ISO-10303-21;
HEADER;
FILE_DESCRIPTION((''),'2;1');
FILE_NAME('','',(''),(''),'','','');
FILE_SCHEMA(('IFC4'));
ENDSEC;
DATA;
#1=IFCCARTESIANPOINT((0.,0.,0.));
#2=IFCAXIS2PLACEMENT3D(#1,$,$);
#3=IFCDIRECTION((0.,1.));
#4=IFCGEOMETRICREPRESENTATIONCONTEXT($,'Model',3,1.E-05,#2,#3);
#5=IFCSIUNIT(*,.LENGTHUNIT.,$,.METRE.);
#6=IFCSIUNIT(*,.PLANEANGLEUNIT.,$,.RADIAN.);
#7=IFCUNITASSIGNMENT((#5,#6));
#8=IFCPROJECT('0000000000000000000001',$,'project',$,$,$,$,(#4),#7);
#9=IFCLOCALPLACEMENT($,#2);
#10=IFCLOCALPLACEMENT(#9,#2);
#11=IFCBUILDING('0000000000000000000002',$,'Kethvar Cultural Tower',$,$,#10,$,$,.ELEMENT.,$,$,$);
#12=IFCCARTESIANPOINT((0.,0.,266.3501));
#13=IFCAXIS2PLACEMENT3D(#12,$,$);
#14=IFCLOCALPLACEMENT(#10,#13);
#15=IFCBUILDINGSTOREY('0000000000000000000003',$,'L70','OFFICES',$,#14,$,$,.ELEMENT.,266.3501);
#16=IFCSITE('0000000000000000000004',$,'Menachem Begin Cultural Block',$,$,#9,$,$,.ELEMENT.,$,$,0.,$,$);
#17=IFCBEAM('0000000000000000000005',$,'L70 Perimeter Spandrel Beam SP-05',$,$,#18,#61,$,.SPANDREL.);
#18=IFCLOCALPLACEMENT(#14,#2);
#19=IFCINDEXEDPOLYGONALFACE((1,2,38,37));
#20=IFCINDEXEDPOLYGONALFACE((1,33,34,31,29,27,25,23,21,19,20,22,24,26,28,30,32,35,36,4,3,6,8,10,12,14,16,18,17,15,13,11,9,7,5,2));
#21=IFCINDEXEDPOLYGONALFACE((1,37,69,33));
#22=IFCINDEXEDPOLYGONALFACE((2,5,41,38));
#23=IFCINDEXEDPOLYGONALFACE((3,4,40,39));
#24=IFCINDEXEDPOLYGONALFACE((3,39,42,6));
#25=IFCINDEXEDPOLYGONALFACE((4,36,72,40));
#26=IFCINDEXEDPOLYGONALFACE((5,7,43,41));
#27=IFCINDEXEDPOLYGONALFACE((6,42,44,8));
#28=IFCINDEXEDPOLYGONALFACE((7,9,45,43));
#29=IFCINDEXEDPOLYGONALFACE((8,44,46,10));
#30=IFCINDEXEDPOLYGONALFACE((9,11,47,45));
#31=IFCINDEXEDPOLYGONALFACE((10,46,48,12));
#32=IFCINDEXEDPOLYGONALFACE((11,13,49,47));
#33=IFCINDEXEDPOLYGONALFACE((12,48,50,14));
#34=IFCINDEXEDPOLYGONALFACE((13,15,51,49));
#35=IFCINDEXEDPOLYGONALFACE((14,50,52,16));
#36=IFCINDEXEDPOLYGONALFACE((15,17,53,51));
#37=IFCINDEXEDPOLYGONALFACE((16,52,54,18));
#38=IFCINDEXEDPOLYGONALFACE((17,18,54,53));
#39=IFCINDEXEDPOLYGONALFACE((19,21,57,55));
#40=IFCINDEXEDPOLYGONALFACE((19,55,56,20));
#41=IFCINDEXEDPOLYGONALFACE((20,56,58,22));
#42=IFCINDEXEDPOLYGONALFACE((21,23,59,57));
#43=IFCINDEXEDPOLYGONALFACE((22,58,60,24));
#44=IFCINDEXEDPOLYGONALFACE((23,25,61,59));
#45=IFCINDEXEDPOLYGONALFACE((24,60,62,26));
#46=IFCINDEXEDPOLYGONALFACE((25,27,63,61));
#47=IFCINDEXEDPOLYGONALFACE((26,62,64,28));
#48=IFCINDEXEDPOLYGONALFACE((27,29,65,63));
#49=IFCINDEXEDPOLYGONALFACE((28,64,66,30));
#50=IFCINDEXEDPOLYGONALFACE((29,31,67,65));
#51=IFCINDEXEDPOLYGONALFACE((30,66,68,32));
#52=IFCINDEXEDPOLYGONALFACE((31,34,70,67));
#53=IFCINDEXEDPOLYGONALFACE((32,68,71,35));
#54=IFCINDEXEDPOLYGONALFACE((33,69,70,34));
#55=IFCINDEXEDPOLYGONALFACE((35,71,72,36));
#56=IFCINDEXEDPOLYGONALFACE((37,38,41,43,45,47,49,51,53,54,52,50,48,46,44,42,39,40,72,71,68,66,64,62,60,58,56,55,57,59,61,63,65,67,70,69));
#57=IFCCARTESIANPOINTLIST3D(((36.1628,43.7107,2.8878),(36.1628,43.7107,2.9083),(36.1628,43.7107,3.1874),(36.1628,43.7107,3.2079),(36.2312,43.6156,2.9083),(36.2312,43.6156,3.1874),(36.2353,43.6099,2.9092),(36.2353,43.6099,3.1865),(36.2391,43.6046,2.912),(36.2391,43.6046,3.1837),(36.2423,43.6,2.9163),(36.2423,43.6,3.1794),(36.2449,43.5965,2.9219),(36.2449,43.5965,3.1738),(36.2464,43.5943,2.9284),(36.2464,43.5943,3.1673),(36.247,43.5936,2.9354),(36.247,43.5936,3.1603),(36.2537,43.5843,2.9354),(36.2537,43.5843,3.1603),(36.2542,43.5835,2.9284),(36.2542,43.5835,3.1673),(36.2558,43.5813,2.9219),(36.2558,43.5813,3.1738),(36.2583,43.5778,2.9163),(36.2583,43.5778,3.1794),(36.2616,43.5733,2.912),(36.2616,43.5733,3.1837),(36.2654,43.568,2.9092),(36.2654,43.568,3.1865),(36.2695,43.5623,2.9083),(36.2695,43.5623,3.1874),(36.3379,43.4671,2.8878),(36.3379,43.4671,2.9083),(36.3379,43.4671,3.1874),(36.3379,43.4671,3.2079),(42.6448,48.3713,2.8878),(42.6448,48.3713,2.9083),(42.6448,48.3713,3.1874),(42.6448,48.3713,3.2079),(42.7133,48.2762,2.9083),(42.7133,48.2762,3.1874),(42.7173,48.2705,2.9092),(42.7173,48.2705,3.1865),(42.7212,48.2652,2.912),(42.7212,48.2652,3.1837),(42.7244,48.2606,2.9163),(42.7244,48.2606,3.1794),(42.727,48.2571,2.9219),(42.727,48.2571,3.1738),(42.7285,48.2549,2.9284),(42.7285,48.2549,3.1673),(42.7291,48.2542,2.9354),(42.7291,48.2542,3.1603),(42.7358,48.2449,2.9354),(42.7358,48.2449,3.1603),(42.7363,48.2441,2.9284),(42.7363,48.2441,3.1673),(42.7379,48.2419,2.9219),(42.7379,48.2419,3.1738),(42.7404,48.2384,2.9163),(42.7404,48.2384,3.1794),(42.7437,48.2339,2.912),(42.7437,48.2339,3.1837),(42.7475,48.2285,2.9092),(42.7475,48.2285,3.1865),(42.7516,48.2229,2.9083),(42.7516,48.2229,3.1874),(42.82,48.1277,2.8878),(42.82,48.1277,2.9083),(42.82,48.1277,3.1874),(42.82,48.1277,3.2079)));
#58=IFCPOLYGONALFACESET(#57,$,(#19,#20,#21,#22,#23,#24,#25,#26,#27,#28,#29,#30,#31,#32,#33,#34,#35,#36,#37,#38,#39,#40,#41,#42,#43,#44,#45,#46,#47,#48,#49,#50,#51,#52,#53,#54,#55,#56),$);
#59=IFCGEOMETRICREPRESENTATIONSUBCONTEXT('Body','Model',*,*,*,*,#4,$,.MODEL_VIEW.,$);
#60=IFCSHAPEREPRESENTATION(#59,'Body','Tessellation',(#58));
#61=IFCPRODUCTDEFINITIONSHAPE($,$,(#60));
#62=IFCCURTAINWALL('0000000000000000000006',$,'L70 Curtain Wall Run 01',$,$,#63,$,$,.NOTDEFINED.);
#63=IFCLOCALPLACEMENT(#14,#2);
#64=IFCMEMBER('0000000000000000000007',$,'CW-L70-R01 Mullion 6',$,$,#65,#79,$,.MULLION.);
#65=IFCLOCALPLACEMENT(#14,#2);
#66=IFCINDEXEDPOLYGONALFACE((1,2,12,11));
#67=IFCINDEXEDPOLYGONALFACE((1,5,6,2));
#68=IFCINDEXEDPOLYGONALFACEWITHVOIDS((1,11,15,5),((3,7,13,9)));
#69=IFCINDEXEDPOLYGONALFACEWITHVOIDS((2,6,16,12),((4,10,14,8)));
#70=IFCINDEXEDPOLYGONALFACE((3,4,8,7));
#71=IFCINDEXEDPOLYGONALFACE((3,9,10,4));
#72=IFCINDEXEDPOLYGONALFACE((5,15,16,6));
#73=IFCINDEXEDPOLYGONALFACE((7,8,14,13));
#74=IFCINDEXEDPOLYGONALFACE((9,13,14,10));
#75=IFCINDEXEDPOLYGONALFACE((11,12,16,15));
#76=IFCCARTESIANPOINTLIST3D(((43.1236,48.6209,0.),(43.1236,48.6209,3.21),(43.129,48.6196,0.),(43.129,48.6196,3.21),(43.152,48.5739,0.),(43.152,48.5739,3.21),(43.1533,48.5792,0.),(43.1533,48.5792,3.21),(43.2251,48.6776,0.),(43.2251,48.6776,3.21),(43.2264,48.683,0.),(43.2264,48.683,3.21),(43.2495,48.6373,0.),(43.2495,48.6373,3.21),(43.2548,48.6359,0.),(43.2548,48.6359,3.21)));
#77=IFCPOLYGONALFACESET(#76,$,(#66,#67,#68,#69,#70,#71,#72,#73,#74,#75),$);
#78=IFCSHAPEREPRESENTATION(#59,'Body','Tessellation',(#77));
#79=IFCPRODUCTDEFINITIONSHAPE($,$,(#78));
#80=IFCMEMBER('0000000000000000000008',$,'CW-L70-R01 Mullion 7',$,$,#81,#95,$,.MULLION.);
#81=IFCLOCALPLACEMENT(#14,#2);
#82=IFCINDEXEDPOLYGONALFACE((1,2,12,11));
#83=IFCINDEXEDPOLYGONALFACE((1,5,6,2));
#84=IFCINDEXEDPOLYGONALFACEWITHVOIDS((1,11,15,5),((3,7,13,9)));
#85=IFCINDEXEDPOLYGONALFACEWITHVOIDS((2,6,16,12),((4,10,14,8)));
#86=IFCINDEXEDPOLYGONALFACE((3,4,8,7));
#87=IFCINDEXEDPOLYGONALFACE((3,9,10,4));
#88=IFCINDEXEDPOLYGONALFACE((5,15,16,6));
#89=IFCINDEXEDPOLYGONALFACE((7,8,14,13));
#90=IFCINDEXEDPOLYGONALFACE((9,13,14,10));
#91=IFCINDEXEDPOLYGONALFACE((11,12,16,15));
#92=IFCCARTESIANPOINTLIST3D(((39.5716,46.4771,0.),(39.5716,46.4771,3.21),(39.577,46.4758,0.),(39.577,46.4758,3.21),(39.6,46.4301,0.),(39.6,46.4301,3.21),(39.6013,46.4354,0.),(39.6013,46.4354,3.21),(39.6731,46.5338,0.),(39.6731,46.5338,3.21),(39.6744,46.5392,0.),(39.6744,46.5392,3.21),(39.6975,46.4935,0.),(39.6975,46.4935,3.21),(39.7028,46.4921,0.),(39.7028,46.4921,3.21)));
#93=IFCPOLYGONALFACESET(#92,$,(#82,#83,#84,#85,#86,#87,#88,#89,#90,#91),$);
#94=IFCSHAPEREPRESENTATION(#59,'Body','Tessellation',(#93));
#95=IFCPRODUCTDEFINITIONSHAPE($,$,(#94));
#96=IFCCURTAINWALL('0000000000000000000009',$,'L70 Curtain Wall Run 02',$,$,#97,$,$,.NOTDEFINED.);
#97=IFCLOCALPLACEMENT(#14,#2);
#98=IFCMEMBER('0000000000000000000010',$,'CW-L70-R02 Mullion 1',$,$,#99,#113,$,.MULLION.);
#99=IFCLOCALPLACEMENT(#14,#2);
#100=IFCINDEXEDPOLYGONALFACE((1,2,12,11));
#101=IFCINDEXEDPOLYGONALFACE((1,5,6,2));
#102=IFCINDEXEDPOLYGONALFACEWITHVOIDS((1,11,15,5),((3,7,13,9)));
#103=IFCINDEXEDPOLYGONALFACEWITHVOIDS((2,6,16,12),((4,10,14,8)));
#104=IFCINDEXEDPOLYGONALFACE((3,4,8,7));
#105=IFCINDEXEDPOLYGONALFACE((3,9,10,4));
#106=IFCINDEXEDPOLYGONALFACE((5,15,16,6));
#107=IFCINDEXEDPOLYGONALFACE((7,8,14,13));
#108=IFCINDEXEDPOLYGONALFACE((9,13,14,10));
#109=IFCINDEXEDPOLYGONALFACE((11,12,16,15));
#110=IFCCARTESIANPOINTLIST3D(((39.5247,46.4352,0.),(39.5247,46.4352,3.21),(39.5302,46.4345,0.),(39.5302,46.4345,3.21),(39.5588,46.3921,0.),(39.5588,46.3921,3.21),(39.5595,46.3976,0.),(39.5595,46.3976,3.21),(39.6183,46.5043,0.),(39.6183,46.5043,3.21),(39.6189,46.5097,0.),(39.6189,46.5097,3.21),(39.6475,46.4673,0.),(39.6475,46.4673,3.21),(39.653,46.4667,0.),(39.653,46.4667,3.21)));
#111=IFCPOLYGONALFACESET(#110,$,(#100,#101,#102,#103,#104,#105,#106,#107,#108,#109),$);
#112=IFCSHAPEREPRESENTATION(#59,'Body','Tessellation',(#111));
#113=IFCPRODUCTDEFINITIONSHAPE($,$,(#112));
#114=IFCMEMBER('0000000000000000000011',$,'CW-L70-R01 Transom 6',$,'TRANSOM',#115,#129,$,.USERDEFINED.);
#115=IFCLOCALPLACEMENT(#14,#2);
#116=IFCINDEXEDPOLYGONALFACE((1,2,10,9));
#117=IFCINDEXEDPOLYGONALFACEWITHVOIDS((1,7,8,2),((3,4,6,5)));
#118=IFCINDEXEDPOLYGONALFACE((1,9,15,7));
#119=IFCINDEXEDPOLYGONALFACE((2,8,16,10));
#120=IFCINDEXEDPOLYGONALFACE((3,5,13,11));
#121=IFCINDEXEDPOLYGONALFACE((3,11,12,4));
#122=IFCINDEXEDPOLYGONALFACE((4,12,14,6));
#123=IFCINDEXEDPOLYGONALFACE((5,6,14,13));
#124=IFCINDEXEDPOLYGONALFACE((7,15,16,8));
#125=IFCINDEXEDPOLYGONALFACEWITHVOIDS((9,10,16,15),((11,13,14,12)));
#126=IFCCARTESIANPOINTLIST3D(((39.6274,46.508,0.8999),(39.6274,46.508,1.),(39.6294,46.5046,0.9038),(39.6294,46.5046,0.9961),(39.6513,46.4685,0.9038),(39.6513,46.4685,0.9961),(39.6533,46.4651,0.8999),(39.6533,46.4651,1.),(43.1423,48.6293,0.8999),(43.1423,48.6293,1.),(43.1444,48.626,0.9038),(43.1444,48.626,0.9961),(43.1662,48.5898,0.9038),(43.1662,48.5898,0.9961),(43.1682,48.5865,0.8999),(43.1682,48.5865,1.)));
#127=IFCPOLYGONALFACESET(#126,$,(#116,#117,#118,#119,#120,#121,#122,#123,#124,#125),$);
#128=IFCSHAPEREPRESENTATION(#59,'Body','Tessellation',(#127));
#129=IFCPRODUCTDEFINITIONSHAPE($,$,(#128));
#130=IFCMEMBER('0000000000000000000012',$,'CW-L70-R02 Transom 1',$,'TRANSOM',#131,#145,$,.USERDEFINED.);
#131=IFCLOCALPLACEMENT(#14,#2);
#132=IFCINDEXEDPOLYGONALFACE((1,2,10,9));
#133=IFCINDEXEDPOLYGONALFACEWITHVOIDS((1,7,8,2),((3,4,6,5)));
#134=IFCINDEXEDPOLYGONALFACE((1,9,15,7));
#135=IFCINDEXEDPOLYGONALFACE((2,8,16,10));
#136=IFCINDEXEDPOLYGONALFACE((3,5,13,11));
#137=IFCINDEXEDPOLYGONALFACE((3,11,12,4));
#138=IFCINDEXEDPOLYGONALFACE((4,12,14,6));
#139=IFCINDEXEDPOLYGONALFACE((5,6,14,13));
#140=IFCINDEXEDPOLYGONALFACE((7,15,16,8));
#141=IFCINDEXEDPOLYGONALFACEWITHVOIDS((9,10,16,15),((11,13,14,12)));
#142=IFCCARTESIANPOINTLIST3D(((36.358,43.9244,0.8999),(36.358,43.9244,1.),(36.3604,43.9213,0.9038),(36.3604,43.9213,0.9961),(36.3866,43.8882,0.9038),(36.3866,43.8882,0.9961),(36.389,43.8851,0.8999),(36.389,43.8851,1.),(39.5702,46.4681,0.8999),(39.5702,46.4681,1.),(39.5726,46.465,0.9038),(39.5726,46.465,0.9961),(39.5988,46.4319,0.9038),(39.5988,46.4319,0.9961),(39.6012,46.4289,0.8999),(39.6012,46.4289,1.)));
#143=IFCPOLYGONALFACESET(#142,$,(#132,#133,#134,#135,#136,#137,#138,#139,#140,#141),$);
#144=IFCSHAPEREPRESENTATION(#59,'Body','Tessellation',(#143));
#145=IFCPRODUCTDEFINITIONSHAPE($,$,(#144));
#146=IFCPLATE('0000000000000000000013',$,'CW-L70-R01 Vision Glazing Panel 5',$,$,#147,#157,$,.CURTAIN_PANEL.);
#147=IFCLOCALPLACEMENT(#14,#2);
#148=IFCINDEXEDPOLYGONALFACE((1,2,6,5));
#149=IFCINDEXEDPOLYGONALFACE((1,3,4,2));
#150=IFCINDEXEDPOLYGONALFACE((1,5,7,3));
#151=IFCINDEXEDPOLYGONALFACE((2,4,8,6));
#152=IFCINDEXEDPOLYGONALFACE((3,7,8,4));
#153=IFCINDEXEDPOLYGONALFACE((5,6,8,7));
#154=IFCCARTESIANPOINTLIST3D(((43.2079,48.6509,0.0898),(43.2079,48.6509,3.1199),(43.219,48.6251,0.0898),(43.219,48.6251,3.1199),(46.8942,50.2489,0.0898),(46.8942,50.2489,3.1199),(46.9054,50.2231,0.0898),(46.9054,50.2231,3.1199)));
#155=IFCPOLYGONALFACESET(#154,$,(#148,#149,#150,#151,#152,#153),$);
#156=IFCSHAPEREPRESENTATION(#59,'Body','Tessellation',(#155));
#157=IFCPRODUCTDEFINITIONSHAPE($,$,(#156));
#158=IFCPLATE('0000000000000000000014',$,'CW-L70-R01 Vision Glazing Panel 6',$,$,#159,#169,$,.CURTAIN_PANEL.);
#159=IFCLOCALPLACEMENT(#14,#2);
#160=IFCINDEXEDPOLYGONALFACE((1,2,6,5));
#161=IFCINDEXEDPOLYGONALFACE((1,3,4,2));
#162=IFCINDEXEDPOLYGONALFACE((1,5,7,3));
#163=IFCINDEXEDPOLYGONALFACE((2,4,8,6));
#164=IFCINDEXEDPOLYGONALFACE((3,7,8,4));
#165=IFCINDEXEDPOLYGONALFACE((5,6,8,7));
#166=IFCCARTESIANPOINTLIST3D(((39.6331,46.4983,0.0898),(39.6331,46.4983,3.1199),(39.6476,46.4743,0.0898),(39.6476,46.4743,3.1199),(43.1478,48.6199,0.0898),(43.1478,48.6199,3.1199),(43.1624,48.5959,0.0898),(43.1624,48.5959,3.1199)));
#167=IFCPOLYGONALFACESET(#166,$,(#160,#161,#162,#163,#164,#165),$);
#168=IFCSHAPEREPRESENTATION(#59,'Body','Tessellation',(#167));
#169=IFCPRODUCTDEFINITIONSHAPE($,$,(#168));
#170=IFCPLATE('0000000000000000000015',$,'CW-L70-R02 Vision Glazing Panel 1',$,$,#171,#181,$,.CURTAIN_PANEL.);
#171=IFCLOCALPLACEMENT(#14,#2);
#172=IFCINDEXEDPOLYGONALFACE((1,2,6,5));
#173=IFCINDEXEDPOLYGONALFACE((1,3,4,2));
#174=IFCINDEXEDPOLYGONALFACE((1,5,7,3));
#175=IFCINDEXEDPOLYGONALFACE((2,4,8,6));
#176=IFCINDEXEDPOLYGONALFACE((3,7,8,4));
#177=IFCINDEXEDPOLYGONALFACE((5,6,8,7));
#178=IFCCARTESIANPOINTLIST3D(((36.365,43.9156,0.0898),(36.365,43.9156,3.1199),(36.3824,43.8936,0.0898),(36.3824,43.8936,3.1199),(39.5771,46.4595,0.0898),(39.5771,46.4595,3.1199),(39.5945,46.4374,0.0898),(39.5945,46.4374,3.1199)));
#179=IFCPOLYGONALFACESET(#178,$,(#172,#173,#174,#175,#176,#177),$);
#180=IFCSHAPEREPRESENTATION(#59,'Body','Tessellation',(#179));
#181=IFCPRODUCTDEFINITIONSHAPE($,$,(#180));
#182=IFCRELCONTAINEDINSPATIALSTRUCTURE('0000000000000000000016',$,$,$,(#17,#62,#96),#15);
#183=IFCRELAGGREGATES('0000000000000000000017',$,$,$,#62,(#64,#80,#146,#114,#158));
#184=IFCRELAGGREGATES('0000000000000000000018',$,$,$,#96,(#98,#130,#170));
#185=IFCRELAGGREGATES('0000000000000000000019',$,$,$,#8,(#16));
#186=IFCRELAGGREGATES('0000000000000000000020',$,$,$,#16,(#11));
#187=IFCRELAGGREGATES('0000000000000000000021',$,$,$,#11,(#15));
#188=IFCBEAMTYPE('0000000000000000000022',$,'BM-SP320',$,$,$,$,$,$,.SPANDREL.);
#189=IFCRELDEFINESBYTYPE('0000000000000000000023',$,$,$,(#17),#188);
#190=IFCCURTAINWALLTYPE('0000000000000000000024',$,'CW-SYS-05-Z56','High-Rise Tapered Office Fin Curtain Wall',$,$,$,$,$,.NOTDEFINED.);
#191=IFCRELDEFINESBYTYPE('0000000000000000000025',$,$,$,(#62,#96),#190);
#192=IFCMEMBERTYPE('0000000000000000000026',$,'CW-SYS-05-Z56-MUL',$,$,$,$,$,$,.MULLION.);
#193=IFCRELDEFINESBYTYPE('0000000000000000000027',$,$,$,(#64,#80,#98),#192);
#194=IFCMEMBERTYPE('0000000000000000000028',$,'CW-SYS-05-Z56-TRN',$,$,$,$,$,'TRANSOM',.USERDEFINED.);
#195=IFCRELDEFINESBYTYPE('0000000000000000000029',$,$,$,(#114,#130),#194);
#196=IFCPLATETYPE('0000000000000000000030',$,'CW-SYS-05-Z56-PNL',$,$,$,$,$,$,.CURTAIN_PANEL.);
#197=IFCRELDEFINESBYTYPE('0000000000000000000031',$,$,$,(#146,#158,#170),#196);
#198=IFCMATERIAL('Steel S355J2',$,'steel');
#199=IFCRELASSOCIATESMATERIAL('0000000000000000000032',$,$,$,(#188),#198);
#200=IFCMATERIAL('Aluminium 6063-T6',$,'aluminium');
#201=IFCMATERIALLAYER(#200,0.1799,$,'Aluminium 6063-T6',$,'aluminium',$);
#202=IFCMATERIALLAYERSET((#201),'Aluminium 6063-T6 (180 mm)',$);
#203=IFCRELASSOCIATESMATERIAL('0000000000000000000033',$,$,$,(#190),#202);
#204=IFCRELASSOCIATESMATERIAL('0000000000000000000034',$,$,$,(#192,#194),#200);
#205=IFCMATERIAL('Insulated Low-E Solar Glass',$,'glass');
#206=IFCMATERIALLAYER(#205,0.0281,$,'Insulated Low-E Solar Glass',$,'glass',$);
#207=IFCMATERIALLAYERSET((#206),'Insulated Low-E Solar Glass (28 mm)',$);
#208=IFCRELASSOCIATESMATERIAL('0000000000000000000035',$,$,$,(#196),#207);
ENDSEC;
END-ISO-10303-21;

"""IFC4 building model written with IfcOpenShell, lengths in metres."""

from ifc_helpers import new_model, si_unit, direction, frame, origin, origin_2d, place, context, subcontext, project, spatial, rectangle, hollow_rectangle, i_section, extrude, source, transform, mapped, material, layer, layer_set, material_profile, profile_set, type_object, element, aggregate, save


model = new_model("IFC4")

# Units and contexts
model_context = context("Model", 3, precision=1e-05, world=origin(), true_north=direction((0.0, 1.0)))
body_context = subcontext(model_context, "Body", "Model", "MODEL_VIEW")
ifc_project = project(units=[si_unit("LENGTHUNIT", "METRE"), si_unit("PLANEANGLEUNIT", "RADIAN")], contexts=[model_context])

# Site, building, storey
site_placement = place(None, origin())
site = spatial("IfcSite", under=ifc_project, at=site_placement, Name="Menachem Begin Cultural Block", CompositionType="ELEMENT", RefElevation=0.0)
building_placement = place(site_placement, origin())
building = spatial("IfcBuilding", under=site, at=building_placement, Name="Kethvar Cultural Tower", CompositionType="ELEMENT")
storey_placement = place(building_placement, frame((0.0, 0.0, 266.3501)))
storey = spatial("IfcBuildingStorey", under=building, at=storey_placement, Name="L70", Description="OFFICES", CompositionType="ELEMENT", Elevation=266.3501)

# Shared definitions
ifc_material_1 = material(Name="Steel S355J2", Category="steel")

# Beam
ifc_material_profile_1 = material_profile(ifc_material_1, i_section(OverallWidth=0.3, OverallDepth=0.3201, WebThickness=0.0115, FlangeThickness=0.0205, FilletRadius=0.0271, at=origin_2d()), Name="Steel S355J2 — HEB320")
ifc_profile_set_1 = profile_set([ifc_material_profile_1], Name="Steel S355J2 — HEB320")
beam_type_1 = type_object("IfcBeamType", Name="BM-SP320", PredefinedType="SPANDREL", material=ifc_profile_set_1)
shared_shape_1 = source(origin(), body_context, "Body", "SweptSolid", [
    extrude(i_section(OverallWidth=0.3, OverallDepth=0.3201, WebThickness=0.0115, FlangeThickness=0.0205, FilletRadius=0.0271, at=origin_2d()), origin(), (0.0, 0.0, 1.0), 7.9836),
])
beam_1_placement = place(storey_placement, frame((42.7324, 48.2495, 3.0479), z_axis=(-0.811922, -0.583766, 0.0), x_axis=(0.583766, -0.811922, 0.0)))
element("IfcBeam", 1, at=beam_1_placement, inside=storey, type_object=beam_type_1, Name="L70 Perimeter Spandrel Beam SP-05", PredefinedType="SPANDREL", context=body_context, shape_type="MappedRepresentation", body=[
    mapped(shared_shape_1, transform((0.0, 0.0, 0.0), scale=1.0)),
])

# Curtain wall, members
ifc_material_2 = material(Name="Aluminium 6063-T6", Category="aluminium")
ifc_layer_1 = layer(ifc_material_2, 0.1799, Name="Aluminium 6063-T6", Category="aluminium")
ifc_layer_set_1 = layer_set([ifc_layer_1], Name="Aluminium 6063-T6 (180 mm)")
curtain_wall_type = type_object("IfcCurtainWallType", Name="CW-SYS-05-Z56", Description="High-Rise Tapered Office Fin Curtain Wall", PredefinedType="NOTDEFINED", material=ifc_layer_set_1)
curtain_wall_1_placement = place(storey_placement, origin())
curtain_wall_1 = element("IfcCurtainWall", 2, at=curtain_wall_1_placement, inside=storey, type_object=curtain_wall_type, Name="L70 Curtain Wall Run 01", PredefinedType="NOTDEFINED")
ifc_material_profile_2 = material_profile(ifc_material_2, hollow_rectangle(XDim=0.0549, YDim=0.1201, WallThickness=0.0039, at=origin_2d()), Name="Aluminium 6063-T6 — RHS120x55x4")
ifc_profile_set_2 = profile_set([ifc_material_profile_2], Name="Aluminium 6063-T6 — RHS120x55x4")
member_type_1 = type_object("IfcMemberType", Name="CW-SYS-05-Z56-MUL", PredefinedType="MULLION", material=ifc_profile_set_2)
shared_shape_2 = source(origin(), body_context, "Body", "SweptSolid", [
    extrude(hollow_rectangle(XDim=0.0549, YDim=0.1201, WallThickness=0.0039, at=origin_2d()), origin(), (0.0, 0.0, 1.0), 3.21),
])
member_1_placement = place(storey_placement, frame((43.1892, 48.6284, 0.0), z_axis=(0.0, 0.0, 1.0), x_axis=(0.516772, -0.856123, 0.0)))
member_1 = element("IfcMember", 3, at=member_1_placement, type_object=member_type_1, Name="CW-L70-R01 Mullion 6", PredefinedType="MULLION", context=body_context, shape_type="MappedRepresentation", body=[
    mapped(shared_shape_2, transform((0.0, 0.0, 0.0), scale=1.0)),
])
member_2_placement = place(storey_placement, frame((39.6372, 46.4846, 0.0), z_axis=(0.0, 0.0, 1.0), x_axis=(0.516772, -0.856123, 0.0)))
member_2 = element("IfcMember", 4, at=member_2_placement, type_object=member_type_1, Name="CW-L70-R01 Mullion 7", PredefinedType="MULLION", context=body_context, shape_type="MappedRepresentation", body=[
    mapped(shared_shape_2, transform((0.0, 0.0, 0.0), scale=1.0)),
])

# Curtain wall, member
curtain_wall_2_placement = place(storey_placement, origin())
curtain_wall_2 = element("IfcCurtainWall", 5, at=curtain_wall_2_placement, inside=storey, type_object=curtain_wall_type, Name="L70 Curtain Wall Run 02", PredefinedType="NOTDEFINED")
member_3_placement = place(storey_placement, frame((39.5889, 46.4509, 0.0), z_axis=(0.0, 0.0, 1.0), x_axis=(0.620847, -0.783932, 0.0)))
member_3 = element("IfcMember", 6, at=member_3_placement, type_object=member_type_1, Name="CW-L70-R02 Mullion 1", PredefinedType="MULLION", context=body_context, shape_type="MappedRepresentation", body=[
    mapped(shared_shape_2, transform((0.0, 0.0, 0.0), scale=1.0)),
])

# Members
ifc_material_profile_3 = material_profile(ifc_material_2, hollow_rectangle(XDim=0.05, YDim=0.1001, WallThickness=0.0039, at=origin_2d()), Name="Aluminium 6063-T6 — RHS100x50x4")
ifc_profile_set_3 = profile_set([ifc_material_profile_3], Name="Aluminium 6063-T6 — RHS100x50x4")
member_type_2 = type_object("IfcMemberType", Name="CW-SYS-05-Z56-TRN", ElementType="TRANSOM", PredefinedType="USERDEFINED", material=ifc_profile_set_3)
shared_shape_3 = source(origin(), body_context, "Body", "SweptSolid", [
    extrude(hollow_rectangle(XDim=0.05, YDim=0.1001, WallThickness=0.0039, at=origin_2d()), origin(), (0.0, 0.0, 1.0), 4.1055),
])
member_4_placement = place(storey_placement, frame((43.1553, 48.6079, 0.95), z_axis=(-0.856157, -0.516715, 0.0), x_axis=(0.516715, -0.856157, 0.0)))
member_4 = element("IfcMember", 7, at=member_4_placement, type_object=member_type_2, Name="CW-L70-R01 Transom 6", ObjectType="TRANSOM", PredefinedType="USERDEFINED", context=body_context, shape_type="MappedRepresentation", body=[
    mapped(shared_shape_3, transform((0.0, 0.0, 0.0), scale=1.0)),
])
shared_shape_4 = source(origin(), body_context, "Body", "SweptSolid", [
    extrude(hollow_rectangle(XDim=0.05, YDim=0.1001, WallThickness=0.0039, at=origin_2d()), origin(), (0.0, 0.0, 1.0), 4.0974),
])
member_5_placement = place(storey_placement, frame((39.5857, 46.4485, 0.95), z_axis=(-0.783958, -0.620814, 0.0), x_axis=(0.620814, -0.783958, 0.0)))
member_5 = element("IfcMember", 8, at=member_5_placement, type_object=member_type_2, Name="CW-L70-R02 Transom 1", ObjectType="TRANSOM", PredefinedType="USERDEFINED", context=body_context, shape_type="MappedRepresentation", body=[
    mapped(shared_shape_4, transform((0.0, 0.0, 0.0), scale=1.0)),
])

# Plates
ifc_material_3 = material(Name="Insulated Low-E Solar Glass", Category="glass")
ifc_layer_2 = layer(ifc_material_3, 0.0281, Name="Insulated Low-E Solar Glass", Category="glass")
ifc_layer_set_2 = layer_set([ifc_layer_2], Name="Insulated Low-E Solar Glass (28 mm)")
plate_type = type_object("IfcPlateType", Name="CW-SYS-05-Z56-PNL", PredefinedType="CURTAIN_PANEL", material=ifc_layer_set_2)
shared_shape_5 = source(origin(), body_context, "Body", "SweptSolid", [
    extrude(rectangle(XDim=4.0178, YDim=0.0281, at=origin_2d()), origin(), (0.0, 0.0, 1.0), 3.03),
])
plate_1_placement = place(storey_placement, frame((45.0566, 49.437, 0.0898), z_axis=(0.0, 0.0, 1.0), x_axis=(-0.917505, -0.397724, 0.0)))
plate_1 = element("IfcPlate", 9, at=plate_1_placement, type_object=plate_type, Name="CW-L70-R01 Vision Glazing Panel 5", PredefinedType="CURTAIN_PANEL", context=body_context, shape_type="MappedRepresentation", body=[
    mapped(shared_shape_5, transform((0.0, 0.0, 0.0), scale=1.0)),
])
shared_shape_6 = source(origin(), body_context, "Body", "SweptSolid", [
    extrude(rectangle(XDim=4.1055, YDim=0.0281, at=origin_2d()), origin(), (0.0, 0.0, 1.0), 3.03),
])
plate_2_placement = place(storey_placement, frame((41.3977, 47.5471, 0.0898), z_axis=(0.0, 0.0, 1.0), x_axis=(-0.856123, -0.516772, 0.0)))
plate_2 = element("IfcPlate", 10, at=plate_2_placement, type_object=plate_type, Name="CW-L70-R01 Vision Glazing Panel 6", PredefinedType="CURTAIN_PANEL", context=body_context, shape_type="MappedRepresentation", body=[
    mapped(shared_shape_6, transform((0.0, 0.0, 0.0), scale=1.0)),
])
aggregate(curtain_wall_1, [member_1, member_2, plate_1, member_4, plate_2])
shared_shape_7 = source(origin(), body_context, "Body", "SweptSolid", [
    extrude(rectangle(XDim=4.0974, YDim=0.0281, at=origin_2d()), origin(), (0.0, 0.0, 1.0), 3.03),
])
plate_3_placement = place(storey_placement, frame((37.9797, 45.1765, 0.0898), z_axis=(0.0, 0.0, 1.0), x_axis=(-0.783932, -0.620847, 0.0)))
plate_3 = element("IfcPlate", 11, at=plate_3_placement, type_object=plate_type, Name="CW-L70-R02 Vision Glazing Panel 1", PredefinedType="CURTAIN_PANEL", context=body_context, shape_type="MappedRepresentation", body=[
    mapped(shared_shape_7, transform((0.0, 0.0, 0.0), scale=1.0)),
])
aggregate(curtain_wall_2, [member_3, member_5, plate_3])

save(model, "model.ifc")
